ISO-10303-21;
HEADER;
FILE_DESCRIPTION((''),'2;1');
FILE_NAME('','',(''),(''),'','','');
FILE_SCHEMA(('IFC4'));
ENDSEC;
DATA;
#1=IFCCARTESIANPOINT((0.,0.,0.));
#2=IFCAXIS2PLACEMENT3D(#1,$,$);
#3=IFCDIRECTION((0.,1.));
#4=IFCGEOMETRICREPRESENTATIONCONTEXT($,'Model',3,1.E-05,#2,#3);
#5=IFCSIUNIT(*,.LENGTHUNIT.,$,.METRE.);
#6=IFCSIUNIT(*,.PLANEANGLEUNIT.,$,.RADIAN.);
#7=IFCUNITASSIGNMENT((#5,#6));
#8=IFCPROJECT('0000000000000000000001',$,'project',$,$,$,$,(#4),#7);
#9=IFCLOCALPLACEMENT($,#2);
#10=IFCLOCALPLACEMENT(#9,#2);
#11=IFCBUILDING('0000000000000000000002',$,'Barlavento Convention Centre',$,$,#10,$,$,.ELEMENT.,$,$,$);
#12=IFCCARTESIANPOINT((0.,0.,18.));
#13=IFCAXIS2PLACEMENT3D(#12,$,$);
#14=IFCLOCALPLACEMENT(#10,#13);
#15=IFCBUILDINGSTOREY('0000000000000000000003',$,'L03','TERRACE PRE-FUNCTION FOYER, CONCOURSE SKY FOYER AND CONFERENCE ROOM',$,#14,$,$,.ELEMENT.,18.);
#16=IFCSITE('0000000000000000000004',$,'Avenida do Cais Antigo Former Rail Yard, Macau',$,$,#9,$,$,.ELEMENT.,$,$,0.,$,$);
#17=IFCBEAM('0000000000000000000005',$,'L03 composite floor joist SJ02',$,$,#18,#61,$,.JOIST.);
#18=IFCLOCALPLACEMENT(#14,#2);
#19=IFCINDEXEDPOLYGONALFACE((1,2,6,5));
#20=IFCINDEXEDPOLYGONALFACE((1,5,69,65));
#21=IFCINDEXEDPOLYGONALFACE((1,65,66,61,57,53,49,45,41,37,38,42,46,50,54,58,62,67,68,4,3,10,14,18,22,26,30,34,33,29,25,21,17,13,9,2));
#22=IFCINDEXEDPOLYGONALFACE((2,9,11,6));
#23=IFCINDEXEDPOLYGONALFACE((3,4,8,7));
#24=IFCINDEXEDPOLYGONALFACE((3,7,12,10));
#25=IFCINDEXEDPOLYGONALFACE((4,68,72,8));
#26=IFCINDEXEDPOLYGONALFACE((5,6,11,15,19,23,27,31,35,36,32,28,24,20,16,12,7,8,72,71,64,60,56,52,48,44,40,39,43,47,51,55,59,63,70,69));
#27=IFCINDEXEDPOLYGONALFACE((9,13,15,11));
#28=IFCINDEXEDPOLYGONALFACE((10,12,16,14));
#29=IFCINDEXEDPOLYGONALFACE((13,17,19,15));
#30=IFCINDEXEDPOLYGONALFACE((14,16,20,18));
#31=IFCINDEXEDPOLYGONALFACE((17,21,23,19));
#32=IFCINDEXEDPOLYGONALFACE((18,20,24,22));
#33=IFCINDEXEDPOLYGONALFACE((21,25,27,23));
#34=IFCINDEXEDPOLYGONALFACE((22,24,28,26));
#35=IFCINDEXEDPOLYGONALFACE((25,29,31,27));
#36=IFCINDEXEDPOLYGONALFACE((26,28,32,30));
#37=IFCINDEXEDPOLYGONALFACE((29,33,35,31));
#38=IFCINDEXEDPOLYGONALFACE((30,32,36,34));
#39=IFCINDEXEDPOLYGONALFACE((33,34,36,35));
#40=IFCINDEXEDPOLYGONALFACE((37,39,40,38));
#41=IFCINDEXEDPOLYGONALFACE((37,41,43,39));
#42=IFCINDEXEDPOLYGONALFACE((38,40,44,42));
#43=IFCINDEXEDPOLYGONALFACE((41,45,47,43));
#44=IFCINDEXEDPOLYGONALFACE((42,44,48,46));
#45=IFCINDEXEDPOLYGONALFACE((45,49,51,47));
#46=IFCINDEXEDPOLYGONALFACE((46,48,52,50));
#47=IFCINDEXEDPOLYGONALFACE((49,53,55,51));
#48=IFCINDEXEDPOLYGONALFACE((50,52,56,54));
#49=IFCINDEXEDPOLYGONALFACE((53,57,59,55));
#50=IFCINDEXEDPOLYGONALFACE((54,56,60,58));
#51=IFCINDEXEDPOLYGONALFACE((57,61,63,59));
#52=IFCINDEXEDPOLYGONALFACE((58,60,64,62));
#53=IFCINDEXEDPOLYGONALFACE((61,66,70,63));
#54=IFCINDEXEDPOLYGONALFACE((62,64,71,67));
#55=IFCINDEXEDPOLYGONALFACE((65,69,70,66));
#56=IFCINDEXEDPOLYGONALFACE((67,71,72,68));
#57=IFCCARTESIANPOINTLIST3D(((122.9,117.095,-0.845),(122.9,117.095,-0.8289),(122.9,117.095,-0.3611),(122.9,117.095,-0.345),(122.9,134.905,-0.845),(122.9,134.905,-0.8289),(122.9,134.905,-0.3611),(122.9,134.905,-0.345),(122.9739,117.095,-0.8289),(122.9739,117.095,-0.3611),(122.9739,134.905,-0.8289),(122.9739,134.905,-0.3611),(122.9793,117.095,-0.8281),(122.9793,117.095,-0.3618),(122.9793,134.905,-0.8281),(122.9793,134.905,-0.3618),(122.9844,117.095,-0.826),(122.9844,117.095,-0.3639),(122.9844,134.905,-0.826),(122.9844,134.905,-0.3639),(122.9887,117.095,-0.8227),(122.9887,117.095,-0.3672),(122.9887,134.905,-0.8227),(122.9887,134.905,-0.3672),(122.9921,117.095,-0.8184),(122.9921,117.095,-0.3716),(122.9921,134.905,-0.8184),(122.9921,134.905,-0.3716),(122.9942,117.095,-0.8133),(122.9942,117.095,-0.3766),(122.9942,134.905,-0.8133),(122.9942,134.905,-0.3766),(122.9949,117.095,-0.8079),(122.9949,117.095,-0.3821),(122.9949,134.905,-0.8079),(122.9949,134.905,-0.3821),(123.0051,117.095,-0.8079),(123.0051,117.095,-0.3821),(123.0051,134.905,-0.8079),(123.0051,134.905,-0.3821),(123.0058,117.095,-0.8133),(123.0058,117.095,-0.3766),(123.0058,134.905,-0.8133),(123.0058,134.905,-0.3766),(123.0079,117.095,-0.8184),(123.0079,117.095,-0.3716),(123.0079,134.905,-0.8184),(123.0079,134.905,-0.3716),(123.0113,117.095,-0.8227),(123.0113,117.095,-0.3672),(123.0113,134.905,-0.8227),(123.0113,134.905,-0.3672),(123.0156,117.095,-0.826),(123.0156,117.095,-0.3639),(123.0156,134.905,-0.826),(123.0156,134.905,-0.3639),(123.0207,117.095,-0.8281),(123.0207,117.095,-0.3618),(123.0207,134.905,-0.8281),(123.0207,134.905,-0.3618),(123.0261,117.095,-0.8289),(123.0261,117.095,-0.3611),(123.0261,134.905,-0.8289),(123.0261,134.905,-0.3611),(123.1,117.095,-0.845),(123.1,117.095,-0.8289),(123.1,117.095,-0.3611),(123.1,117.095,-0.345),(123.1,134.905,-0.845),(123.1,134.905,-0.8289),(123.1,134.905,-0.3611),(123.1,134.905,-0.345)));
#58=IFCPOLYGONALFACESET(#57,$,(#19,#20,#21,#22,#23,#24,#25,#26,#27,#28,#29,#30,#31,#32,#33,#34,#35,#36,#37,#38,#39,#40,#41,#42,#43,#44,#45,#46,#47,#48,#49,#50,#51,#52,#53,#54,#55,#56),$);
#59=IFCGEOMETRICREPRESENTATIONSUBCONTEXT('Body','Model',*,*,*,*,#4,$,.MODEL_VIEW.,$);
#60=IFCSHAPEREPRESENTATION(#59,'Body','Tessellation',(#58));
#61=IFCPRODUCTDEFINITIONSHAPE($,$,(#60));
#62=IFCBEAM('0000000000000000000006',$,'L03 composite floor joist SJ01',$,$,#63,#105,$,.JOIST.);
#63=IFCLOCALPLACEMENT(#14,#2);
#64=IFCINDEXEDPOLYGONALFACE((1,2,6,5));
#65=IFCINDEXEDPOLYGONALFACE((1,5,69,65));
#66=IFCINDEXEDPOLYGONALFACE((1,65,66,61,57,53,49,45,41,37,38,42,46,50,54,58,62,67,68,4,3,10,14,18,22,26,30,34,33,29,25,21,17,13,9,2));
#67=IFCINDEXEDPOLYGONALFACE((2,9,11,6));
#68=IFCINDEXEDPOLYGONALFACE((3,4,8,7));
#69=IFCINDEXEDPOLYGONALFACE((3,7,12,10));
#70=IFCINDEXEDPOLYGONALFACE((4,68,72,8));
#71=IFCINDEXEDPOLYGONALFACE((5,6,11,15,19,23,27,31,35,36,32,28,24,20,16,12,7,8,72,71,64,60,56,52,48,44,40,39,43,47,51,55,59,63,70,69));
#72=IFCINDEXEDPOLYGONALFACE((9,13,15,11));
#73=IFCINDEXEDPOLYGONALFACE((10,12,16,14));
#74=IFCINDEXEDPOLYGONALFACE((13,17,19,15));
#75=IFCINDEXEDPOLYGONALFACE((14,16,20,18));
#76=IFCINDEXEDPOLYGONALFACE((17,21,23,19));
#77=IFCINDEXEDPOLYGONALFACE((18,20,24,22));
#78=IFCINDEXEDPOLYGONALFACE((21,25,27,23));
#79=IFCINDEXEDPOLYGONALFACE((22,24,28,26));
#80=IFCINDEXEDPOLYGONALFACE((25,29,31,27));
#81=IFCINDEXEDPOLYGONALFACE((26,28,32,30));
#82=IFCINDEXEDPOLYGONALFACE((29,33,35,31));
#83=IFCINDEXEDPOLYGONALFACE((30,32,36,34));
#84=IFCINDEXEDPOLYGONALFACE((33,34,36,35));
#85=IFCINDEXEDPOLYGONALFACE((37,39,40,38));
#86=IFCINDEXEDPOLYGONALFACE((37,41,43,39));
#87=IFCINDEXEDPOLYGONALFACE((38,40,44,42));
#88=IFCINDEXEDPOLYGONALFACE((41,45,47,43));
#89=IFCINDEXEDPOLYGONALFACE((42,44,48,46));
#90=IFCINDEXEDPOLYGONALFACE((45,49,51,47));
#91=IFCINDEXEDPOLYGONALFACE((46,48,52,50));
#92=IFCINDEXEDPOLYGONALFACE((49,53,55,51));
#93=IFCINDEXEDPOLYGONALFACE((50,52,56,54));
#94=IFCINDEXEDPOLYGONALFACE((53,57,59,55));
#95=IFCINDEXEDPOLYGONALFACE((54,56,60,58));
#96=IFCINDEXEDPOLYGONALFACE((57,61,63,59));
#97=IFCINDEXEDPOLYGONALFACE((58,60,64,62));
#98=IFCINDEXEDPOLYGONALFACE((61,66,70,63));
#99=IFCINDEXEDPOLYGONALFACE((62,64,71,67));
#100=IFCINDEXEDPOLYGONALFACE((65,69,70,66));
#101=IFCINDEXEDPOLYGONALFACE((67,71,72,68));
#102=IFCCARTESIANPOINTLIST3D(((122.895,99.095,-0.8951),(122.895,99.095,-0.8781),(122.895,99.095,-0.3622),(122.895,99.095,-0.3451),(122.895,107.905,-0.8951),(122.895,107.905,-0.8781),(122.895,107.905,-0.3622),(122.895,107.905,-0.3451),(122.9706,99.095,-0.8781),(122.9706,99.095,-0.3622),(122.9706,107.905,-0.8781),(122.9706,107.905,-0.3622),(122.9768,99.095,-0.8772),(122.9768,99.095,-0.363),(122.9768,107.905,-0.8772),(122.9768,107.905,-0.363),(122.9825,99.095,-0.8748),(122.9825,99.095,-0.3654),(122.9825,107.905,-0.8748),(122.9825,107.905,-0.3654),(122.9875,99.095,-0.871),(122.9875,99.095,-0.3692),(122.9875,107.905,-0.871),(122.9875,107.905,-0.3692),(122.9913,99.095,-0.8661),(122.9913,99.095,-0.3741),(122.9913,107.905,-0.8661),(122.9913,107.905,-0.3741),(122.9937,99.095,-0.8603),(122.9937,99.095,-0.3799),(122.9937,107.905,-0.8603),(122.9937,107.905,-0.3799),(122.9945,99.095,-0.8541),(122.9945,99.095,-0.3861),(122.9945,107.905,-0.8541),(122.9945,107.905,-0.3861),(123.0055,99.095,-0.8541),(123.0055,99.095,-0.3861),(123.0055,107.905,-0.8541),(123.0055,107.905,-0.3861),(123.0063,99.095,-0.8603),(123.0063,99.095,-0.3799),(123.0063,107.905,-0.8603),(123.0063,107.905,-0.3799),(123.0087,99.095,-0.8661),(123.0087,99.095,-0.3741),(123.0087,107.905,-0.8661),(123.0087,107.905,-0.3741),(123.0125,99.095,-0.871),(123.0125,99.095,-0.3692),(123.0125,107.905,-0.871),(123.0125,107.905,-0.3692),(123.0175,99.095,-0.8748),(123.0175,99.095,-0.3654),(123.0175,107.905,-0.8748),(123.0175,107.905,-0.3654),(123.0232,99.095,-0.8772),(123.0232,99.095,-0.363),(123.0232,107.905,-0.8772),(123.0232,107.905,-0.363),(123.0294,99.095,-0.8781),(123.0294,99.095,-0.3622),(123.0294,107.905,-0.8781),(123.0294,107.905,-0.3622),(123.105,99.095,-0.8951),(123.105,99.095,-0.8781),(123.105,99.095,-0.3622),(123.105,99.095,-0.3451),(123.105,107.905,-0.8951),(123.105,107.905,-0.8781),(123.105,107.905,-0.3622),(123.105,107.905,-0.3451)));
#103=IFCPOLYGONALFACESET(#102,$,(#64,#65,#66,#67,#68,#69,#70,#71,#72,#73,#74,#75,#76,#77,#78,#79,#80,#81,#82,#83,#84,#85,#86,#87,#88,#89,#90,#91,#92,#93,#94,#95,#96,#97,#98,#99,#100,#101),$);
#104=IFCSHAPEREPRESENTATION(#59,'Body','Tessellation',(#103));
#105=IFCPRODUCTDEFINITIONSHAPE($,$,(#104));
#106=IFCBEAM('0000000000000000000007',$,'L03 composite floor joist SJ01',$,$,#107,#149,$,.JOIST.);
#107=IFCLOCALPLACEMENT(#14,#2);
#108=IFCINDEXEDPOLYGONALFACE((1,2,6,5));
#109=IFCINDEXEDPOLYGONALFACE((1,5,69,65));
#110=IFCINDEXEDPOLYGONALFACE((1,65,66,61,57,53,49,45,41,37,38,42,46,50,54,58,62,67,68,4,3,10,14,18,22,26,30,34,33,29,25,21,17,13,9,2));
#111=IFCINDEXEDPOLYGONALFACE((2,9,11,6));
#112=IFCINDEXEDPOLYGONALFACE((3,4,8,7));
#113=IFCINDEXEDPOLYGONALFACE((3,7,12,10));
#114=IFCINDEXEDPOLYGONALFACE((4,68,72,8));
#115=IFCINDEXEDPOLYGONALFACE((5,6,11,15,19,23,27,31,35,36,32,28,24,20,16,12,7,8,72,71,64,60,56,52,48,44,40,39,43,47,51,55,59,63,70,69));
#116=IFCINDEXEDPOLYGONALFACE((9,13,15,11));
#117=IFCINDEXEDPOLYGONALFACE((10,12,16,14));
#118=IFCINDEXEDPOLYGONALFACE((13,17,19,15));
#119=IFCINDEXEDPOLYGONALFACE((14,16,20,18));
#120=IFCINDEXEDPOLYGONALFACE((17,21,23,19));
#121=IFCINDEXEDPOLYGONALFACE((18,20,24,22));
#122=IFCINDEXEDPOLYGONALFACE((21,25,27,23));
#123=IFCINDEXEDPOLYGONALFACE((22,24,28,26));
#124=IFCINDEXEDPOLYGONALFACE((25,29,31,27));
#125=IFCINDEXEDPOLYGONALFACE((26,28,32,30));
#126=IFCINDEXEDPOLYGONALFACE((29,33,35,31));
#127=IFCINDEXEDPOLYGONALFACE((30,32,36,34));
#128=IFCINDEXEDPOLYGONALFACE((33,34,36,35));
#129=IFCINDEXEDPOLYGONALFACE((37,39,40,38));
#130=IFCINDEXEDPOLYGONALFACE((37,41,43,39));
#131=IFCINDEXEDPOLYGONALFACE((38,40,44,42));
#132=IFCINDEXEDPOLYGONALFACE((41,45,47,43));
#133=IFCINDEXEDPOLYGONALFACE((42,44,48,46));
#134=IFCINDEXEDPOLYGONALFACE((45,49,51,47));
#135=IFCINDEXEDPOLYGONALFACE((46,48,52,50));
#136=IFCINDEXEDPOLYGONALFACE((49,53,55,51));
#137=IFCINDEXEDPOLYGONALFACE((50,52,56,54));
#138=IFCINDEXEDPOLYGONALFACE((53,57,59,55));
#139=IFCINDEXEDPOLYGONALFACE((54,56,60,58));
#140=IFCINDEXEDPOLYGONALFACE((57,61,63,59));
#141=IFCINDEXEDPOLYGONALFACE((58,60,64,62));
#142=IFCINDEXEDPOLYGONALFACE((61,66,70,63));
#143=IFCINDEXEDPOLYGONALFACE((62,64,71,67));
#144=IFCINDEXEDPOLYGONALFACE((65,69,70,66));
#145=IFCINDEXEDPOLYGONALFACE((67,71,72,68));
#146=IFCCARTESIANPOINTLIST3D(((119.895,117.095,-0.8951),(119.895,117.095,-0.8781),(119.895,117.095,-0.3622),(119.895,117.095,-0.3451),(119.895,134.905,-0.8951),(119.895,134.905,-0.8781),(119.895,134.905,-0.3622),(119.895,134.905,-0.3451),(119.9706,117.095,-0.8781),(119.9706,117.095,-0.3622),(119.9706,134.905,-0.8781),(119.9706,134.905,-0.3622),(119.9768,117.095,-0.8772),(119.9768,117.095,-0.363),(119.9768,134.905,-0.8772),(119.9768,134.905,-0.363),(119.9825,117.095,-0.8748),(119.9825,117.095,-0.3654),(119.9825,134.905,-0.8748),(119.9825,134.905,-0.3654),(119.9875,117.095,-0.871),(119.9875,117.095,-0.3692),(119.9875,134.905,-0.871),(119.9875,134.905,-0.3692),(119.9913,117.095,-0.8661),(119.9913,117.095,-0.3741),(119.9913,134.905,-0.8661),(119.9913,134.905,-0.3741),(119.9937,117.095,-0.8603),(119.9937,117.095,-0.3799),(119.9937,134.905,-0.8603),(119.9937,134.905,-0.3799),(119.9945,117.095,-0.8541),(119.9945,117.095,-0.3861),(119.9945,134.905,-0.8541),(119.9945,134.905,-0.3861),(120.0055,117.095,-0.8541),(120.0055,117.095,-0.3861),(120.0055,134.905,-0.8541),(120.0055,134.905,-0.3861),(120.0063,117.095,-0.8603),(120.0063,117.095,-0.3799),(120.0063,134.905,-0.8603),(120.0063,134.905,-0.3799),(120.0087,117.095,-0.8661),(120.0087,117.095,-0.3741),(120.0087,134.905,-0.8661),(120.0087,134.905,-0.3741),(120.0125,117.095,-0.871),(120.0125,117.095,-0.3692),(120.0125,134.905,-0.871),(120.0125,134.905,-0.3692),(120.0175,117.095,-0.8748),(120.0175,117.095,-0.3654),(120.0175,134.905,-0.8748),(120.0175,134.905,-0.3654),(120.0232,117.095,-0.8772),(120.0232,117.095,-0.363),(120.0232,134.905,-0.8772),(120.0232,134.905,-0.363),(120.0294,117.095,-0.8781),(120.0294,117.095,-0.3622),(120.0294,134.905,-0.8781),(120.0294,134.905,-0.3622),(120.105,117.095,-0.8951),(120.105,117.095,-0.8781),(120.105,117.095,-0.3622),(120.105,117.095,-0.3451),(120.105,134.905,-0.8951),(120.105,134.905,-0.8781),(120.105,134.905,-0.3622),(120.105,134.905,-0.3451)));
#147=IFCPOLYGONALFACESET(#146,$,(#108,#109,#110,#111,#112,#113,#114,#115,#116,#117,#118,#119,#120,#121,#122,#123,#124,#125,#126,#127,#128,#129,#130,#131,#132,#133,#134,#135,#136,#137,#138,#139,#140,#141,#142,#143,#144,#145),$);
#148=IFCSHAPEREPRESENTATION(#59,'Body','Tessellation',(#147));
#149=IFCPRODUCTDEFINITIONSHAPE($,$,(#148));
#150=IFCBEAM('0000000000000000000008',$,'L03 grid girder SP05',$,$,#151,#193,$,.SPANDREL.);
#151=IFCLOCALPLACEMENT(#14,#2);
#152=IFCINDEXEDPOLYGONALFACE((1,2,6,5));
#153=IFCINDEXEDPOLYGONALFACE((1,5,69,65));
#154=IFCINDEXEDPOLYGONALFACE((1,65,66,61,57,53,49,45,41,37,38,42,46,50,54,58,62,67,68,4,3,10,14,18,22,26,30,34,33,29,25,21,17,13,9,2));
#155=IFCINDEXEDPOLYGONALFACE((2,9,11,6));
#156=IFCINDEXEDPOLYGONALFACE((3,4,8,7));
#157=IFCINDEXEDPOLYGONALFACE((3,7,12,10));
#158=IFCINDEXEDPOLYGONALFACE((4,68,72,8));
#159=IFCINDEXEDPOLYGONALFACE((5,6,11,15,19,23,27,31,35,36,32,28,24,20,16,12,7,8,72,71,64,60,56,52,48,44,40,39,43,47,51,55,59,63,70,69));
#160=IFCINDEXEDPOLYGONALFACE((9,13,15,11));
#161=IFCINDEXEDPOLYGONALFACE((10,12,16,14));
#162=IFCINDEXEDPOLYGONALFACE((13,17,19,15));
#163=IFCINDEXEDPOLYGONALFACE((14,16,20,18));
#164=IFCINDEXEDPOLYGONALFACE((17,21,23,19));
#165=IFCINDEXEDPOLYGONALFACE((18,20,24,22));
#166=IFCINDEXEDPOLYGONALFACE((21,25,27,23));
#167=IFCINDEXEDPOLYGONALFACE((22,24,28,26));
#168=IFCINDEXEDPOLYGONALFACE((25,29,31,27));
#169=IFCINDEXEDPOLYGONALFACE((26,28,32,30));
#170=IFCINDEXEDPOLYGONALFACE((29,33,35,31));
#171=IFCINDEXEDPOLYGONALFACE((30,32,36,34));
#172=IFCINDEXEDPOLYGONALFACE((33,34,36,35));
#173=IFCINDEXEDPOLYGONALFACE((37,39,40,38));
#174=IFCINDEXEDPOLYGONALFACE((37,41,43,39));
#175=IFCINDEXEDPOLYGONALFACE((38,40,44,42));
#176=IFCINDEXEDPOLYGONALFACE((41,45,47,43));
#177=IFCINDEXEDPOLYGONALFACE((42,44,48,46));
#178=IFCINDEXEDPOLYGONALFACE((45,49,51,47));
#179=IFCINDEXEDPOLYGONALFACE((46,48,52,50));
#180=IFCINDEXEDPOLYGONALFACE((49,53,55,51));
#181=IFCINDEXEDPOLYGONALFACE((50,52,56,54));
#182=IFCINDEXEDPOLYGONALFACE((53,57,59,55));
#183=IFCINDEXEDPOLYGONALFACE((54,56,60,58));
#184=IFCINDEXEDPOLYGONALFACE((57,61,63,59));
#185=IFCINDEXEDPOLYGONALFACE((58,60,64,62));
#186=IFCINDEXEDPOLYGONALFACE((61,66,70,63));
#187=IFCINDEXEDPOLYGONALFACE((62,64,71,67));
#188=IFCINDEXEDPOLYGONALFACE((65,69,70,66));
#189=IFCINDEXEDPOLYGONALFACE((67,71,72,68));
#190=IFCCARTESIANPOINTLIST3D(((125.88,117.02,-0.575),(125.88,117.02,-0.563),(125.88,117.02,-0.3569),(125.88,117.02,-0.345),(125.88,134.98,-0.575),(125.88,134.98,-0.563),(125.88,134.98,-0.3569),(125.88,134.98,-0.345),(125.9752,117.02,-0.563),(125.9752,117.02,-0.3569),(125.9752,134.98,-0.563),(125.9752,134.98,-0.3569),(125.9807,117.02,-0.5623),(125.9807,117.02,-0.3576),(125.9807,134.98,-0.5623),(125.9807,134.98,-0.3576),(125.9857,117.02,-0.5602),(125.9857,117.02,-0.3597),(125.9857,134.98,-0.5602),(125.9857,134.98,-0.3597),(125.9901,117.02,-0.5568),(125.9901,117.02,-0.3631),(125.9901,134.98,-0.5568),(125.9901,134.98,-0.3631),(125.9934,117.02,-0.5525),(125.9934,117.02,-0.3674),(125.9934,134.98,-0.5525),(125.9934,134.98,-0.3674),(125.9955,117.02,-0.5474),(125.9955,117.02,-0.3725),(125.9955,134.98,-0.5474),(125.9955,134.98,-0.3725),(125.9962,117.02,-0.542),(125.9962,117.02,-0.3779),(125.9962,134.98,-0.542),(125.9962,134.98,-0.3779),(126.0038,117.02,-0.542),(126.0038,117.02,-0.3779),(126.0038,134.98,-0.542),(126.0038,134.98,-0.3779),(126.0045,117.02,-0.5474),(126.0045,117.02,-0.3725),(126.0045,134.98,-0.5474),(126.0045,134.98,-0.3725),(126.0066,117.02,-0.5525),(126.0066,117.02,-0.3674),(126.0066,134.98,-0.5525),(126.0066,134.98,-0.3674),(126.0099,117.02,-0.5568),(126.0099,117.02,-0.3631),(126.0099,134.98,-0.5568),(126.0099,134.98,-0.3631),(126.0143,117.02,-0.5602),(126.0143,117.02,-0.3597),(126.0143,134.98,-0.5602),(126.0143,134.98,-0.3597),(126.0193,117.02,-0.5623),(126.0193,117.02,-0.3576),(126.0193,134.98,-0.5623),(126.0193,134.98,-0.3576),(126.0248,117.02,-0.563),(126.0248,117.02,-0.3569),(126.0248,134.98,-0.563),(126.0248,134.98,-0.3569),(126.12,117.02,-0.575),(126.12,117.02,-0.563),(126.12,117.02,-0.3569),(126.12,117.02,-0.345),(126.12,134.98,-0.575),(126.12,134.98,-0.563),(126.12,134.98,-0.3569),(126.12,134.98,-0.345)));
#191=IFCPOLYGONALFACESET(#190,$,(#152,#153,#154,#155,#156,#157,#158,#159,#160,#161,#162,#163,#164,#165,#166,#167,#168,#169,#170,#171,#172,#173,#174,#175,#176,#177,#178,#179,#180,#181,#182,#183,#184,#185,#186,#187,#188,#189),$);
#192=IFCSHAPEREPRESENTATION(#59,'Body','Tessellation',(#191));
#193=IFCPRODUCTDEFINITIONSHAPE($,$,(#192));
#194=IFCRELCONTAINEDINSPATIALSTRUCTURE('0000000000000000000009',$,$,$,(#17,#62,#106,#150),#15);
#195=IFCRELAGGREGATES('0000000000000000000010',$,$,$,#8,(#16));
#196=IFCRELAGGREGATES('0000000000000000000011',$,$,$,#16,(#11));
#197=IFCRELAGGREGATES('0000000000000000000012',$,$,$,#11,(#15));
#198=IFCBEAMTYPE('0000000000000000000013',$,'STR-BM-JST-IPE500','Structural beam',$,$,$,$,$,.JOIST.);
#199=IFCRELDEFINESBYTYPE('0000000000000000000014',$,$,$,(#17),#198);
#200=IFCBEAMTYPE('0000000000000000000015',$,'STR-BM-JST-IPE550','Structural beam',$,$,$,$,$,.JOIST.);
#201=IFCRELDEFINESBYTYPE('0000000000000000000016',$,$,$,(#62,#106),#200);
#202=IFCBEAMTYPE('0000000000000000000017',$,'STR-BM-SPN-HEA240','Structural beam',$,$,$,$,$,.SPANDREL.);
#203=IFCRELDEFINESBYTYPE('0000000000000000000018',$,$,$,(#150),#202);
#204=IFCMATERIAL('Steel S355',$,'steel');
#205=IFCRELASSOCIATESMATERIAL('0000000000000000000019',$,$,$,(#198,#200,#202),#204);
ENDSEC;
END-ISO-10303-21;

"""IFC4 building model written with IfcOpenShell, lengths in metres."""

from ifc_helpers import new_model, si_unit, direction, frame, origin, origin_2d, place, context, subcontext, project, spatial, i_section, extrude, material, material_profile, profile_set, type_object, element, save


model = new_model("IFC4")

# Units and contexts
model_context = context("Model", 3, precision=1e-05, world=origin(), true_north=direction((0.0, 1.0)))
body_context = subcontext(model_context, "Body", "Model", "MODEL_VIEW")
ifc_project = project(units=[si_unit("LENGTHUNIT", "METRE"), si_unit("PLANEANGLEUNIT", "RADIAN")], contexts=[model_context])

# Site, building, storey
site_placement = place(None, origin())
site = spatial("IfcSite", under=ifc_project, at=site_placement, Name="Avenida do Cais Antigo Former Rail Yard, Macau", CompositionType="ELEMENT", RefElevation=0.0)
building_placement = place(site_placement, origin())
building = spatial("IfcBuilding", under=site, at=building_placement, Name="Barlavento Convention Centre", CompositionType="ELEMENT")
storey_placement = place(building_placement, frame((0.0, 0.0, 18.0)))
storey = spatial("IfcBuildingStorey", under=building, at=storey_placement, Name="L03", Description="TERRACE PRE-FUNCTION FOYER, CONCOURSE SKY FOYER AND CONFERENCE ROOM", CompositionType="ELEMENT", Elevation=18.0)

# Shared definitions
ifc_material_1 = material(Name="Steel S355", Category="steel")

# Beams
ifc_material_profile_1 = material_profile(ifc_material_1, i_section(OverallWidth=0.2, OverallDepth=0.5, WebThickness=0.0103, FlangeThickness=0.0161, FilletRadius=0.021, at=origin_2d()), Name="IPE 500")
ifc_profile_set_1 = profile_set([ifc_material_profile_1], Name="Steel S355")
beam_type_1 = type_object("IfcBeamType", Name="STR-BM-JST-IPE500", Description="Structural beam", PredefinedType="JOIST", material=ifc_profile_set_1)
beam_1_placement = place(storey_placement, frame((123.0, 117.095, -0.595), z_axis=(0.0, 1.0, 0.0), x_axis=(-1.0, 0.0, 0.0)))
element("IfcBeam", 1, at=beam_1_placement, inside=storey, type_object=beam_type_1, Name="L03 composite floor joist SJ02", PredefinedType="JOIST", context=body_context, shape_type="SweptSolid", body=[
    extrude(i_section(OverallWidth=0.2, OverallDepth=0.5, WebThickness=0.0103, FlangeThickness=0.0161, FilletRadius=0.021, at=origin_2d()), origin(), (0.0, 0.0, 1.0), 17.8101),
])
ifc_material_profile_2 = material_profile(ifc_material_1, i_section(OverallWidth=0.21, OverallDepth=0.55, WebThickness=0.011, FlangeThickness=0.0171, FilletRadius=0.0239, at=origin_2d()), Name="IPE 550")
ifc_profile_set_2 = profile_set([ifc_material_profile_2], Name="Steel S355")
beam_type_2 = type_object("IfcBeamType", Name="STR-BM-JST-IPE550", Description="Structural beam", PredefinedType="JOIST", material=ifc_profile_set_2)
beam_2_placement = place(storey_placement, frame((123.0, 99.095, -0.6201), z_axis=(0.0, 1.0, 0.0), x_axis=(-1.0, 0.0, 0.0)))
element("IfcBeam", 2, at=beam_2_placement, inside=storey, type_object=beam_type_2, Name="L03 composite floor joist SJ01", PredefinedType="JOIST", context=body_context, shape_type="SweptSolid", body=[
    extrude(i_section(OverallWidth=0.21, OverallDepth=0.55, WebThickness=0.011, FlangeThickness=0.0171, FilletRadius=0.0239, at=origin_2d()), origin(), (0.0, 0.0, 1.0), 8.8101),
])
beam_3_placement = place(storey_placement, frame((120.0, 117.095, -0.6201), z_axis=(0.0, 1.0, 0.0), x_axis=(-1.0, 0.0, 0.0)))
element("IfcBeam", 3, at=beam_3_placement, inside=storey, type_object=beam_type_2, Name="L03 composite floor joist SJ01", PredefinedType="JOIST", context=body_context, shape_type="SweptSolid", body=[
    extrude(i_section(OverallWidth=0.21, OverallDepth=0.55, WebThickness=0.011, FlangeThickness=0.0171, FilletRadius=0.0239, at=origin_2d()), origin(), (0.0, 0.0, 1.0), 17.8101),
])
ifc_material_profile_3 = material_profile(ifc_material_1, i_section(OverallWidth=0.24, OverallDepth=0.23, WebThickness=0.0076, FlangeThickness=0.012, FilletRadius=0.021, at=origin_2d()), Name="HEA 240")
ifc_profile_set_3 = profile_set([ifc_material_profile_3], Name="Steel S355")
beam_type_3 = type_object("IfcBeamType", Name="STR-BM-SPN-HEA240", Description="Structural beam", PredefinedType="SPANDREL", material=ifc_profile_set_3)
beam_4_placement = place(storey_placement, frame((126.0, 117.02, -0.46), z_axis=(0.0, 1.0, 0.0), x_axis=(-1.0, 0.0, 0.0)))
element("IfcBeam", 4, at=beam_4_placement, inside=storey, type_object=beam_type_3, Name="L03 grid girder SP05", PredefinedType="SPANDREL", context=body_context, shape_type="SweptSolid", body=[
    extrude(i_section(OverallWidth=0.24, OverallDepth=0.23, WebThickness=0.0076, FlangeThickness=0.012, FilletRadius=0.021, at=origin_2d()), origin(), (0.0, 0.0, 1.0), 17.96),
])

save(model, "model.ifc")
